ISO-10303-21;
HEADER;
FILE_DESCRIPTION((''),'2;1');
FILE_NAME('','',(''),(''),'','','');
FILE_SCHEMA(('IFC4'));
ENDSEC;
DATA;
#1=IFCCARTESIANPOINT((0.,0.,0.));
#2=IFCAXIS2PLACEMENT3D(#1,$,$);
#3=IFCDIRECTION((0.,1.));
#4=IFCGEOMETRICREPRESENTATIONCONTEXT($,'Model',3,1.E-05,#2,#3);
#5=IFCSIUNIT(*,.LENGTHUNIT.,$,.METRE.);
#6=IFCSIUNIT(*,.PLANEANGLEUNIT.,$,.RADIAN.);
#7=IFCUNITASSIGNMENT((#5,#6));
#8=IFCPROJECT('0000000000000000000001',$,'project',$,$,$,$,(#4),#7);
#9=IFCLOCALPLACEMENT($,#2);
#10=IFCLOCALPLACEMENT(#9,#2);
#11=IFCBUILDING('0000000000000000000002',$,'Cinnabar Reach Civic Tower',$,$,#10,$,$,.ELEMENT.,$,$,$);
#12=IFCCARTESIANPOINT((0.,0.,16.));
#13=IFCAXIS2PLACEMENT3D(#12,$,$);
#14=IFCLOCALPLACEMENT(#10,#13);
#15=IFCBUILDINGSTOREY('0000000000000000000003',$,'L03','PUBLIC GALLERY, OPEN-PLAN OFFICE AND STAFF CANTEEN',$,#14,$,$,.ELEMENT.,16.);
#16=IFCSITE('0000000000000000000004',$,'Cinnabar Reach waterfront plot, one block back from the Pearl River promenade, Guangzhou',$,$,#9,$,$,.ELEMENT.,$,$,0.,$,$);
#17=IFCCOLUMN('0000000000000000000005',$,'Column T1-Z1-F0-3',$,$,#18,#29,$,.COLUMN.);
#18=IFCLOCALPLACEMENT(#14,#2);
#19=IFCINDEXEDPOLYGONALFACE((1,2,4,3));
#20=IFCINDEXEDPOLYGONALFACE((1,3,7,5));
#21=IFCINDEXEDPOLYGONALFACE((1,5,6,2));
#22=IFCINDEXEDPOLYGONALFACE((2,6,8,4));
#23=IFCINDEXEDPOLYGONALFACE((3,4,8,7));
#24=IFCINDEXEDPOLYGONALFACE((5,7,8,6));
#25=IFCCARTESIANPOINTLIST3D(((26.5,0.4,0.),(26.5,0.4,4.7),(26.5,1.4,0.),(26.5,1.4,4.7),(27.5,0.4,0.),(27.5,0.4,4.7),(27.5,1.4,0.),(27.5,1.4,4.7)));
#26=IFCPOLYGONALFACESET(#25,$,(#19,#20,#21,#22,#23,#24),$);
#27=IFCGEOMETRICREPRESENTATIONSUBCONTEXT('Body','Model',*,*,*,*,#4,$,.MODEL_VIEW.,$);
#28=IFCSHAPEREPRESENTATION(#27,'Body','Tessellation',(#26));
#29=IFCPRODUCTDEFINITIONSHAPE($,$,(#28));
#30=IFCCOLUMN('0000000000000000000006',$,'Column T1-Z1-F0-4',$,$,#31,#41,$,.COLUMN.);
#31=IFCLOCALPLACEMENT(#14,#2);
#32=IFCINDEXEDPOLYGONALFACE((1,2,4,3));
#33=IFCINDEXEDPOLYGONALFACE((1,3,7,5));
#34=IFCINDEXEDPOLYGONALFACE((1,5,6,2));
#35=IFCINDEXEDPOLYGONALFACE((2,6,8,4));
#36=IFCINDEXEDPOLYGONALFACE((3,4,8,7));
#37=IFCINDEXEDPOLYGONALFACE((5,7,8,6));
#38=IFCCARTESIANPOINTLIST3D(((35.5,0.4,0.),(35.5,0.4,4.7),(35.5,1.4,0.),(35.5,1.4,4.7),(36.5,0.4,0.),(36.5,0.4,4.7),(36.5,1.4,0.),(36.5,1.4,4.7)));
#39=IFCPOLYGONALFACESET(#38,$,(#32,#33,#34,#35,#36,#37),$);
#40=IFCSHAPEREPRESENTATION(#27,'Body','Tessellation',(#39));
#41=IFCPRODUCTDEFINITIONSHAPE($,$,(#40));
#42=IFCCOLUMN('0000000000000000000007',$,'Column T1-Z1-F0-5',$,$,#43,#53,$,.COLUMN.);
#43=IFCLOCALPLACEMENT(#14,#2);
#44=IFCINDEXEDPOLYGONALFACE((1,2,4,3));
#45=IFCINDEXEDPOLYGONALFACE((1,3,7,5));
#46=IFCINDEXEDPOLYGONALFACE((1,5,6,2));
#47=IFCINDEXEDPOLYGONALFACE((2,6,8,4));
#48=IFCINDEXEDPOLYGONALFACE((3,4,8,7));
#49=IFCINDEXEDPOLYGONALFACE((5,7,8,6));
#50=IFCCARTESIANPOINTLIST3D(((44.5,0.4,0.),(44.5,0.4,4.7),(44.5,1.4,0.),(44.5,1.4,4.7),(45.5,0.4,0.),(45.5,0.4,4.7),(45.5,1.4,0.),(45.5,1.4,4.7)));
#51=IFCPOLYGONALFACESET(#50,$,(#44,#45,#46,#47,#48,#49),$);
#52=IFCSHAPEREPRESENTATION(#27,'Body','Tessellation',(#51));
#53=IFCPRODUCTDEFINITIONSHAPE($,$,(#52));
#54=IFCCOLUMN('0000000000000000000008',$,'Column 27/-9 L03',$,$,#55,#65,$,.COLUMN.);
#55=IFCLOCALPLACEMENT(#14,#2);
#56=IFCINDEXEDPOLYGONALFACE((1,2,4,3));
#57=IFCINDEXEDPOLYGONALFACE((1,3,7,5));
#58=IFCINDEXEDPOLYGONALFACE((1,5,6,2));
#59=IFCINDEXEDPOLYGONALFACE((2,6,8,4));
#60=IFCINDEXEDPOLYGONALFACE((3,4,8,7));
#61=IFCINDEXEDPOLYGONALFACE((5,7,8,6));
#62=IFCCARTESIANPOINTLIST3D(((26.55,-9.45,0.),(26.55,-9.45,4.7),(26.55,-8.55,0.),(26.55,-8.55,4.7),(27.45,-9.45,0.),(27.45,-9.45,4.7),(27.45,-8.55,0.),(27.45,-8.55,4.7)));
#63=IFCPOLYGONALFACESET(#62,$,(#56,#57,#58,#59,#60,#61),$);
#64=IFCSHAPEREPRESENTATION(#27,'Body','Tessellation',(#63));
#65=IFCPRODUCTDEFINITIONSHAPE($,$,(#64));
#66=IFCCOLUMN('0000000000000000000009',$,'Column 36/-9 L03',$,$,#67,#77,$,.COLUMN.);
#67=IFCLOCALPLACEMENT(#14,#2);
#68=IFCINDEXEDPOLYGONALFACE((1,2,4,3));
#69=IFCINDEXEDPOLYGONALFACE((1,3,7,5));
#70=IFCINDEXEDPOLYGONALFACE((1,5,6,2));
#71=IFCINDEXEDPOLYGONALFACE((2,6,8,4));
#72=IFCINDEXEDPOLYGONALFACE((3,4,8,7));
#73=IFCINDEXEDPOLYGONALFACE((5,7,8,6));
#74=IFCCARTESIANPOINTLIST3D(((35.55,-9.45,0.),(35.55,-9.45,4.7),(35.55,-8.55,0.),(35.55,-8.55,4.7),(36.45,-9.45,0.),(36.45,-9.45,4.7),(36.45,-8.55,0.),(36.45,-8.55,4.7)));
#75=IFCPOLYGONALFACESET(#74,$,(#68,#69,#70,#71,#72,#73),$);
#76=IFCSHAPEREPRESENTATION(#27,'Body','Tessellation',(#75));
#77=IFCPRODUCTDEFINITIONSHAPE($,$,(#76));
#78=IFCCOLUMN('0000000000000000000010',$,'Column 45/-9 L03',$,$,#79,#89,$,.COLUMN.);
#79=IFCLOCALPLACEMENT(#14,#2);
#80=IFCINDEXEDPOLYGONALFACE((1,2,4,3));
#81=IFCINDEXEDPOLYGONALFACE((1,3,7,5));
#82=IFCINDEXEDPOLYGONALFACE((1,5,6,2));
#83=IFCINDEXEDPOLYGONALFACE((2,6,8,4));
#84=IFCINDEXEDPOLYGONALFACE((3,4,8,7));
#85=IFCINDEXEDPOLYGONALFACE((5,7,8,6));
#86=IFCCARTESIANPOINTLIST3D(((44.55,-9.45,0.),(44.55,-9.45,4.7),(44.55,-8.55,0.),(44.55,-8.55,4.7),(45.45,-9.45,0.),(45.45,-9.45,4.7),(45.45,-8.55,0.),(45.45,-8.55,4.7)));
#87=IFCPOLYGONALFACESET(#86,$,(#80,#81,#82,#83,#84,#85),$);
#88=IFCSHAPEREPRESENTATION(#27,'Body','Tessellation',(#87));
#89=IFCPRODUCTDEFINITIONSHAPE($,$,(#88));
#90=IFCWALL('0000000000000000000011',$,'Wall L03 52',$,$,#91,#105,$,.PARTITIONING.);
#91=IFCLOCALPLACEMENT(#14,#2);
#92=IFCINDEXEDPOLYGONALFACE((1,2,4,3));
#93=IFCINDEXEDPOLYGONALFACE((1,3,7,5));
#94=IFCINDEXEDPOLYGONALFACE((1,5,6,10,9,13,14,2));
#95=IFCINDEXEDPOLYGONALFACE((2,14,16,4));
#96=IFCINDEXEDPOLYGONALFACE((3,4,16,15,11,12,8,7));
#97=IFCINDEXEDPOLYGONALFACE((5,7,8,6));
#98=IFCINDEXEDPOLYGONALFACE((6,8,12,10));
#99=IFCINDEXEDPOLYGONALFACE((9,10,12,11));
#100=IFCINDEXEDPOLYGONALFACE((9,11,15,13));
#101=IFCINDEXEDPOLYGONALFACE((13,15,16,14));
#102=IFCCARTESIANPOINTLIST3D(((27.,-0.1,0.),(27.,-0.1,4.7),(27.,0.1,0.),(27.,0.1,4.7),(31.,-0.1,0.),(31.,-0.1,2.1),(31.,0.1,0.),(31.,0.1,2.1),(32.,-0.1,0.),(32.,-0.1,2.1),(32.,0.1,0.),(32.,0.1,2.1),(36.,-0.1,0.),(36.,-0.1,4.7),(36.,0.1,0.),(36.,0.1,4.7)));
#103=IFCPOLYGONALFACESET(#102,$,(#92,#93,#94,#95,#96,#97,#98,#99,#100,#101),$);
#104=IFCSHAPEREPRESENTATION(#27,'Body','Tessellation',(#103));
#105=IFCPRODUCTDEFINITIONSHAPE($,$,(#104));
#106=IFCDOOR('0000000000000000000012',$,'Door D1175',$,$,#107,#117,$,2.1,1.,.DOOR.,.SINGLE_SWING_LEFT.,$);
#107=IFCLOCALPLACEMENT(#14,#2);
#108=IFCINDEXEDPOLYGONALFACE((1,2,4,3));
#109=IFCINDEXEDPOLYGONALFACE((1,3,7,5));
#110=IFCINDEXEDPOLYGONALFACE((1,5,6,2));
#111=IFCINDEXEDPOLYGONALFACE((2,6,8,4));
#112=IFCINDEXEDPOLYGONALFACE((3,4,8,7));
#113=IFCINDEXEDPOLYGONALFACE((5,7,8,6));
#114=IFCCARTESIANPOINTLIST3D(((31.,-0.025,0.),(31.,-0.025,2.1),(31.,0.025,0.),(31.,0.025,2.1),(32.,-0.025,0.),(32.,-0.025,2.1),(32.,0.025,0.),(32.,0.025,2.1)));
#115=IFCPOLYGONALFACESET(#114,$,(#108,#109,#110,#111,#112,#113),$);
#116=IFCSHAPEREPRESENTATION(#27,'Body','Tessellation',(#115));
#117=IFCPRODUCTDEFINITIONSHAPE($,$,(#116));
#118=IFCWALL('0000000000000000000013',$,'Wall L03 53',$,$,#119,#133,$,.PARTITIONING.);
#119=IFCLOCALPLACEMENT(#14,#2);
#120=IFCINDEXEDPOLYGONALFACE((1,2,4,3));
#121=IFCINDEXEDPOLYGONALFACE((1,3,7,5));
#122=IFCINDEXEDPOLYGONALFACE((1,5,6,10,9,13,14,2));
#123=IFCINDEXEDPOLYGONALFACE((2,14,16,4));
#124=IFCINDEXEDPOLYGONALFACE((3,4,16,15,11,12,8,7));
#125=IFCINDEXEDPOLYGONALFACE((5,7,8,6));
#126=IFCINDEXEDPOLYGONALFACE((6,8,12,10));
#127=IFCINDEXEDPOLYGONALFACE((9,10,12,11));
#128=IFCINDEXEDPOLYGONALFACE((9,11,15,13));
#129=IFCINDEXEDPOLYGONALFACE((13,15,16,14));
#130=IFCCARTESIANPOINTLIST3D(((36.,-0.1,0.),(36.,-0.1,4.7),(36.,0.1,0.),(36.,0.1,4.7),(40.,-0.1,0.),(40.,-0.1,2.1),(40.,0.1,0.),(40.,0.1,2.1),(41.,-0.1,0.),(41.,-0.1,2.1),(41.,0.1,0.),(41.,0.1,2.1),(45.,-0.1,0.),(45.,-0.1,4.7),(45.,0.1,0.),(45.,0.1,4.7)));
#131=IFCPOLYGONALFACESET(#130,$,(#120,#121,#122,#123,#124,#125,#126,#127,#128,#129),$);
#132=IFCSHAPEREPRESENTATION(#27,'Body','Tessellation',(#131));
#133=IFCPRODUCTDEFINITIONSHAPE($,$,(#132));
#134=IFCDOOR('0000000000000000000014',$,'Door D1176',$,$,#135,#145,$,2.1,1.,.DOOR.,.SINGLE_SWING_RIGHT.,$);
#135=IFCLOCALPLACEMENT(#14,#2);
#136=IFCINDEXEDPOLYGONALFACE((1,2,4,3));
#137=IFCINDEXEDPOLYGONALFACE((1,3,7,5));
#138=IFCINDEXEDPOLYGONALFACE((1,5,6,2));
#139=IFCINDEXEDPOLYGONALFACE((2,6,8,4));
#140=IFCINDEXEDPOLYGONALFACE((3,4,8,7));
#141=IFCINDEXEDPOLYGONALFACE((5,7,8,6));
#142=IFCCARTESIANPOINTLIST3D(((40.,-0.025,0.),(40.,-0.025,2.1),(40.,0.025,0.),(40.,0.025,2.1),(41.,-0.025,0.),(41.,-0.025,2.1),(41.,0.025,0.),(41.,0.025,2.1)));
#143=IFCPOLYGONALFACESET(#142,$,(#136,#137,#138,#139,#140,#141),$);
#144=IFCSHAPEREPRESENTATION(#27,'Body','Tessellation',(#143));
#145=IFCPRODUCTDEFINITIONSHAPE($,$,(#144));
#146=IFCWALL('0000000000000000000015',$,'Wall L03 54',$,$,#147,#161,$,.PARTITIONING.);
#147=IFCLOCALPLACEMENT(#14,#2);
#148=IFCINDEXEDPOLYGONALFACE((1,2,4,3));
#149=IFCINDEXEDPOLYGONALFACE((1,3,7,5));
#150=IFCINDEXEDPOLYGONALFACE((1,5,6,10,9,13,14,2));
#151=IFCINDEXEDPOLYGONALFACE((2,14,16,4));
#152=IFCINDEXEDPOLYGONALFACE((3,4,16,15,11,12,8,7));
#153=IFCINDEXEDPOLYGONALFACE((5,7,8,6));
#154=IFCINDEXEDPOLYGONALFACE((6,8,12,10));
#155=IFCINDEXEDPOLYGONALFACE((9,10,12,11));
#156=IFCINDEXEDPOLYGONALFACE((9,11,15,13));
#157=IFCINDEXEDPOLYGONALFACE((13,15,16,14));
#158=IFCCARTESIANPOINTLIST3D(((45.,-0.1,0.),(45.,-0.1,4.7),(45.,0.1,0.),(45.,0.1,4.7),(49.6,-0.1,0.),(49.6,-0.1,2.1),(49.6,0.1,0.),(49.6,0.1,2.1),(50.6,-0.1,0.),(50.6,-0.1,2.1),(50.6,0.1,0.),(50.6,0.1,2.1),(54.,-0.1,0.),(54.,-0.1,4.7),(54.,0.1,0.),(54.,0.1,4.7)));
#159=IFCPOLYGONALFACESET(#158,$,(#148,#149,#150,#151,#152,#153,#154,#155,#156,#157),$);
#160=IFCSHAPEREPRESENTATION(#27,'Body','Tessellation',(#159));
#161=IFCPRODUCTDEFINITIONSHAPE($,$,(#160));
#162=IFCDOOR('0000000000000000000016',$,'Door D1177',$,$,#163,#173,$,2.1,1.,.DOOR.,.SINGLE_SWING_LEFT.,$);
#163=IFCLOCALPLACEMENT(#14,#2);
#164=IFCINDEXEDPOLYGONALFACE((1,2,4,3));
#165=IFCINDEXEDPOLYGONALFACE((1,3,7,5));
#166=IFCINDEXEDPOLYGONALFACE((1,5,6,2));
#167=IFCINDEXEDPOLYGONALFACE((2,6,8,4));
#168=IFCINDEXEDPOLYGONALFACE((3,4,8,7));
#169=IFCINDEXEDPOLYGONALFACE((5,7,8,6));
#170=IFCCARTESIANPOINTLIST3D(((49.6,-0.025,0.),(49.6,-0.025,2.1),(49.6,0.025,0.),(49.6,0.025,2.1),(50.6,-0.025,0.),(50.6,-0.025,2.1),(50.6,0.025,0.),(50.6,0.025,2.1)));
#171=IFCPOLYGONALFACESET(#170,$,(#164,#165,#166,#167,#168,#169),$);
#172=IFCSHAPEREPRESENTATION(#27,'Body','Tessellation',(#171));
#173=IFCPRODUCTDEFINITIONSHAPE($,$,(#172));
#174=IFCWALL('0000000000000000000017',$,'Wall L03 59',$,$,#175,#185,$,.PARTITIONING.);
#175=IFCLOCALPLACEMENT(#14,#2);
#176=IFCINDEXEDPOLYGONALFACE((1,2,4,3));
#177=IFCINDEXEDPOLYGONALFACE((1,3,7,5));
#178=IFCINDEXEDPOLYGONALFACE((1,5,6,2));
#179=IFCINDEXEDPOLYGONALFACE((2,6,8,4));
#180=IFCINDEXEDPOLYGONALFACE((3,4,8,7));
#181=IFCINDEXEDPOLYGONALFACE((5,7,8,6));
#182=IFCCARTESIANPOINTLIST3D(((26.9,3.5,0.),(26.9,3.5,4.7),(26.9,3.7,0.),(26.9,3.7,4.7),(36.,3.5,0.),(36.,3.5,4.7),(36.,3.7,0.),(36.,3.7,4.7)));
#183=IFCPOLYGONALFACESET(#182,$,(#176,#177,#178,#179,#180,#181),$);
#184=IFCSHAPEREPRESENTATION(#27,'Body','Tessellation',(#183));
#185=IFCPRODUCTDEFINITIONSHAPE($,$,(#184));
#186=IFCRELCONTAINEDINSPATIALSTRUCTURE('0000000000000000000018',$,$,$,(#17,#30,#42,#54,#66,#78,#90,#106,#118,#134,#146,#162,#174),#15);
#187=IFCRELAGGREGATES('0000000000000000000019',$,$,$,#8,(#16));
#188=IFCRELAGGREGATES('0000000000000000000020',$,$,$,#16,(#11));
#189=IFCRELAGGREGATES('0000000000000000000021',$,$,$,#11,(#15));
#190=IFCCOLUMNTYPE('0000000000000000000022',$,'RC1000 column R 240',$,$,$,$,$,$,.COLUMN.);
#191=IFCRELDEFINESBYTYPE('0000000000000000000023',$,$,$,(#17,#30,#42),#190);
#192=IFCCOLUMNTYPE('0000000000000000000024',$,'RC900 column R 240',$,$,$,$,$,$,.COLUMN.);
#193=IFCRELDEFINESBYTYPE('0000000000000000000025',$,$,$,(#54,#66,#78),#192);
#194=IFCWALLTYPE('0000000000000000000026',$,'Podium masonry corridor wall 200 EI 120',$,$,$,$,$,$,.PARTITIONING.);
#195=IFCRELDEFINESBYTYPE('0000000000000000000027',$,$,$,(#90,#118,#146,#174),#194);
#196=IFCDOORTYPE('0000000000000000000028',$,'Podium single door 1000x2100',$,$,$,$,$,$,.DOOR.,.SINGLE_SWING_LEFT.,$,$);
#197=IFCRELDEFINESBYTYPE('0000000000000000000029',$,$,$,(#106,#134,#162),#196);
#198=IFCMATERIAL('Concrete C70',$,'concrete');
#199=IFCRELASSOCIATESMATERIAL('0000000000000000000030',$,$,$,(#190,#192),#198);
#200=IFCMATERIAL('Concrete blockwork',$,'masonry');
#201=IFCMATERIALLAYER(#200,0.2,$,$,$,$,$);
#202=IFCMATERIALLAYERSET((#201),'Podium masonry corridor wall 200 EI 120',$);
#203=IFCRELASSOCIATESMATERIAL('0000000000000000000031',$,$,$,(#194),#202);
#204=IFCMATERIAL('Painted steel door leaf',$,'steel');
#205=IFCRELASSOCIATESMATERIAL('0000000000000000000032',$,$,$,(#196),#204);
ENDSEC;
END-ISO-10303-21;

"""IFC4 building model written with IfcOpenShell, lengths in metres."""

from ifc_helpers import new_model, si_unit, direction, frame, frame_2d, origin, origin_2d, place, context, subcontext, project, spatial, rectangle, extrude, material, layer, layer_set, material_profile, profile_set, type_object, element, fill, save


model = new_model("IFC4")

# Units and contexts
model_context = context("Model", 3, precision=1e-05, world=origin(), true_north=direction((0.0, 1.0)))
body_context = subcontext(model_context, "Body", "Model", "MODEL_VIEW")
ifc_project = project(units=[si_unit("LENGTHUNIT", "METRE"), si_unit("PLANEANGLEUNIT", "RADIAN")], contexts=[model_context])

# Site, building, storey
site_placement = place(None, origin())
site = spatial("IfcSite", under=ifc_project, at=site_placement, Name="Cinnabar Reach waterfront plot, one block back from the Pearl River promenade, Guangzhou", CompositionType="ELEMENT", RefElevation=0.0)
building_placement = place(site_placement, origin())
building = spatial("IfcBuilding", under=site, at=building_placement, Name="Cinnabar Reach Civic Tower", CompositionType="ELEMENT")
storey_placement = place(building_placement, frame((0.0, 0.0, 16.0)))
storey = spatial("IfcBuildingStorey", under=building, at=storey_placement, Name="L03", Description="PUBLIC GALLERY, OPEN-PLAN OFFICE AND STAFF CANTEEN", CompositionType="ELEMENT", Elevation=16.0)

# Columns
ifc_material_1 = material(Name="Concrete C70", Category="concrete")
ifc_material_profile_1 = material_profile(ifc_material_1, rectangle(XDim=1.0, YDim=1.0, at=origin_2d()), Name="RC1000")
ifc_profile_set_1 = profile_set([ifc_material_profile_1], Name="Concrete C70")
column_type_1 = type_object("IfcColumnType", Name="RC1000 column R 240", PredefinedType="COLUMN", material=ifc_profile_set_1)
for number, where, z_axis, x_axis, name in (
    (1, (27.0, 0.9, 0.0), (0.0, 0.0, 1.0), (1.0, 0.0, 0.0), "Column T1-Z1-F0-3"),
    (2, (36.0, 0.9, 0.0), (0.0, 0.0, 1.0), (1.0, 0.0, 0.0), "Column T1-Z1-F0-4"),
    (3, (45.0, 0.9, 0.0), (0.0, 0.0, 1.0), (1.0, 0.0, 0.0), "Column T1-Z1-F0-5"),
):
    element("IfcColumn", number, at=place(storey_placement, frame(where, z_axis=z_axis, x_axis=x_axis)), inside=storey, type_object=column_type_1, Name=name, PredefinedType="COLUMN", context=body_context, shape_type="SweptSolid", body=[
        extrude(rectangle(XDim=1.0, YDim=1.0, at=origin_2d()), origin(), (0.0, 0.0, 1.0), 4.7),
    ])
ifc_material_profile_2 = material_profile(ifc_material_1, rectangle(XDim=0.9, YDim=0.9, at=origin_2d()), Name="RC900")
ifc_profile_set_2 = profile_set([ifc_material_profile_2], Name="Concrete C70")
column_type_2 = type_object("IfcColumnType", Name="RC900 column R 240", PredefinedType="COLUMN", material=ifc_profile_set_2)
for number, where, z_axis, x_axis, name in (
    (4, (27.0, -9.0, 0.0), (0.0, 0.0, 1.0), (1.0, 0.0, 0.0), "Column 27/-9 L03"),
    (5, (36.0, -9.0, 0.0), (0.0, 0.0, 1.0), (1.0, 0.0, 0.0), "Column 36/-9 L03"),
    (6, (45.0, -9.0, 0.0), (0.0, 0.0, 1.0), (1.0, 0.0, 0.0), "Column 45/-9 L03"),
):
    element("IfcColumn", number, at=place(storey_placement, frame(where, z_axis=z_axis, x_axis=x_axis)), inside=storey, type_object=column_type_2, Name=name, PredefinedType="COLUMN", context=body_context, shape_type="SweptSolid", body=[
        extrude(rectangle(XDim=0.9, YDim=0.9, at=origin_2d()), origin(), (0.0, 0.0, 1.0), 4.7),
    ])

# Walls, openings, doors
ifc_material_2 = material(Name="Concrete blockwork", Category="masonry")
ifc_layer_1 = layer(ifc_material_2, 0.2)
ifc_layer_set_1 = layer_set([ifc_layer_1], Name="Podium masonry corridor wall 200 EI 120")
wall_type_1 = type_object("IfcWallType", Name="Podium masonry corridor wall 200 EI 120", PredefinedType="PARTITIONING", material=ifc_layer_set_1)
wall_1_placement = place(storey_placement, frame((27.0, 0.0, 0.0), z_axis=(0.0, 0.0, 1.0), x_axis=(1.0, 0.0, 0.0)))
wall_1 = element("IfcWall", 7, at=wall_1_placement, inside=storey, type_object=wall_type_1, Name="Wall L03 52", PredefinedType="PARTITIONING", context=body_context, shape_type="SweptSolid", body=[
    extrude(rectangle(XDim=9.0, YDim=0.2, at=frame_2d((4.5, 0.0))), origin(), (0.0, 0.0, 1.0), 4.7),
])
opening_1_placement = place(wall_1_placement, frame((4.0, 0.0, 0.0)))
opening_1 = element("IfcOpeningElement", 8, at=opening_1_placement, cuts=wall_1, PredefinedType="OPENING", context=body_context, shape_type="SweptSolid", body=[
    extrude(rectangle(XDim=1.0, YDim=2.1, at=frame_2d((0.5, 1.05))), frame((0.0, 0.11, 0.0), z_axis=(0.0, -1.0, 0.0), x_axis=(1.0, 0.0, 0.0)), (0.0, 0.0, 1.0), 0.22),
])
ifc_material_3 = material(Name="Painted steel door leaf", Category="steel")
door_type = type_object("IfcDoorType", Name="Podium single door 1000x2100", OperationType="SINGLE_SWING_LEFT", PredefinedType="DOOR", material=ifc_material_3)
door_1_placement = place(opening_1_placement, frame((1.0, 0.0, 0.0), z_axis=(0.0, 0.0, 1.0), x_axis=(-1.0, 0.0, 0.0)))
door_1 = element("IfcDoor", 9, at=door_1_placement, inside=storey, type_object=door_type, Name="Door D1175", OperationType="SINGLE_SWING_LEFT", OverallHeight=2.1, OverallWidth=1.0, PredefinedType="DOOR", context=body_context, shape_type="SweptSolid", body=[
    extrude(rectangle(XDim=1.0, YDim=2.1, at=frame_2d((0.5, 1.05))), frame((0.0, 0.025, 0.0), z_axis=(0.0, -1.0, 0.0), x_axis=(1.0, 0.0, 0.0)), (0.0, 0.0, 1.0), 0.05),
])
fill(opening_1, door_1)
wall_2_placement = place(storey_placement, frame((36.0, 0.0, 0.0), z_axis=(0.0, 0.0, 1.0), x_axis=(1.0, 0.0, 0.0)))
wall_2 = element("IfcWall", 10, at=wall_2_placement, inside=storey, type_object=wall_type_1, Name="Wall L03 53", PredefinedType="PARTITIONING", context=body_context, shape_type="SweptSolid", body=[
    extrude(rectangle(XDim=9.0, YDim=0.2, at=frame_2d((4.5, 0.0))), origin(), (0.0, 0.0, 1.0), 4.7),
])
opening_2_placement = place(wall_2_placement, frame((4.0, 0.0, 0.0)))
opening_2 = element("IfcOpeningElement", 11, at=opening_2_placement, cuts=wall_2, PredefinedType="OPENING", context=body_context, shape_type="SweptSolid", body=[
    extrude(rectangle(XDim=1.0, YDim=2.1, at=frame_2d((0.5, 1.05))), frame((0.0, 0.11, 0.0), z_axis=(0.0, -1.0, 0.0), x_axis=(1.0, 0.0, 0.0)), (0.0, 0.0, 1.0), 0.22),
])
door_2_placement = place(opening_2_placement, frame((1.0, 0.0, 0.0), z_axis=(0.0, 0.0, 1.0), x_axis=(-1.0, 0.0, 0.0)))
door_2 = element("IfcDoor", 12, at=door_2_placement, inside=storey, type_object=door_type, Name="Door D1176", OperationType="SINGLE_SWING_RIGHT", OverallHeight=2.1, OverallWidth=1.0, PredefinedType="DOOR", context=body_context, shape_type="SweptSolid", body=[
    extrude(rectangle(XDim=1.0, YDim=2.1, at=frame_2d((0.5, 1.05))), frame((0.0, 0.025, 0.0), z_axis=(0.0, -1.0, 0.0), x_axis=(1.0, 0.0, 0.0)), (0.0, 0.0, 1.0), 0.05),
])
fill(opening_2, door_2)
wall_3_placement = place(storey_placement, frame((45.0, 0.0, 0.0), z_axis=(0.0, 0.0, 1.0), x_axis=(1.0, 0.0, 0.0)))
wall_3 = element("IfcWall", 13, at=wall_3_placement, inside=storey, type_object=wall_type_1, Name="Wall L03 54", PredefinedType="PARTITIONING", context=body_context, shape_type="SweptSolid", body=[
    extrude(rectangle(XDim=9.0, YDim=0.2, at=frame_2d((4.5, 0.0))), origin(), (0.0, 0.0, 1.0), 4.7),
])
opening_3_placement = place(wall_3_placement, frame((4.6, 0.0, 0.0)))
opening_3 = element("IfcOpeningElement", 14, at=opening_3_placement, cuts=wall_3, PredefinedType="OPENING", context=body_context, shape_type="SweptSolid", body=[
    extrude(rectangle(XDim=1.0, YDim=2.1, at=frame_2d((0.5, 1.05))), frame((0.0, 0.11, 0.0), z_axis=(0.0, -1.0, 0.0), x_axis=(1.0, 0.0, 0.0)), (0.0, 0.0, 1.0), 0.22),
])
door_3_placement = place(opening_3_placement, frame((1.0, 0.0, 0.0), z_axis=(0.0, 0.0, 1.0), x_axis=(-1.0, 0.0, 0.0)))
door_3 = element("IfcDoor", 15, at=door_3_placement, inside=storey, type_object=door_type, Name="Door D1177", OperationType="SINGLE_SWING_LEFT", OverallHeight=2.1, OverallWidth=1.0, PredefinedType="DOOR", context=body_context, shape_type="SweptSolid", body=[
    extrude(rectangle(XDim=1.0, YDim=2.1, at=frame_2d((0.5, 1.05))), frame((0.0, 0.025, 0.0), z_axis=(0.0, -1.0, 0.0), x_axis=(1.0, 0.0, 0.0)), (0.0, 0.0, 1.0), 0.05),
])
fill(opening_3, door_3)

# Wall
wall_4_placement = place(storey_placement, frame((26.9, 3.6, 0.0), z_axis=(0.0, 0.0, 1.0), x_axis=(1.0, 0.0, 0.0)))
element("IfcWall", 16, at=wall_4_placement, inside=storey, type_object=wall_type_1, Name="Wall L03 59", PredefinedType="PARTITIONING", context=body_context, shape_type="SweptSolid", body=[
    extrude(rectangle(XDim=9.1, YDim=0.2, at=frame_2d((4.55, 0.0))), origin(), (0.0, 0.0, 1.0), 4.7),
])

save(model, "model.ifc")
